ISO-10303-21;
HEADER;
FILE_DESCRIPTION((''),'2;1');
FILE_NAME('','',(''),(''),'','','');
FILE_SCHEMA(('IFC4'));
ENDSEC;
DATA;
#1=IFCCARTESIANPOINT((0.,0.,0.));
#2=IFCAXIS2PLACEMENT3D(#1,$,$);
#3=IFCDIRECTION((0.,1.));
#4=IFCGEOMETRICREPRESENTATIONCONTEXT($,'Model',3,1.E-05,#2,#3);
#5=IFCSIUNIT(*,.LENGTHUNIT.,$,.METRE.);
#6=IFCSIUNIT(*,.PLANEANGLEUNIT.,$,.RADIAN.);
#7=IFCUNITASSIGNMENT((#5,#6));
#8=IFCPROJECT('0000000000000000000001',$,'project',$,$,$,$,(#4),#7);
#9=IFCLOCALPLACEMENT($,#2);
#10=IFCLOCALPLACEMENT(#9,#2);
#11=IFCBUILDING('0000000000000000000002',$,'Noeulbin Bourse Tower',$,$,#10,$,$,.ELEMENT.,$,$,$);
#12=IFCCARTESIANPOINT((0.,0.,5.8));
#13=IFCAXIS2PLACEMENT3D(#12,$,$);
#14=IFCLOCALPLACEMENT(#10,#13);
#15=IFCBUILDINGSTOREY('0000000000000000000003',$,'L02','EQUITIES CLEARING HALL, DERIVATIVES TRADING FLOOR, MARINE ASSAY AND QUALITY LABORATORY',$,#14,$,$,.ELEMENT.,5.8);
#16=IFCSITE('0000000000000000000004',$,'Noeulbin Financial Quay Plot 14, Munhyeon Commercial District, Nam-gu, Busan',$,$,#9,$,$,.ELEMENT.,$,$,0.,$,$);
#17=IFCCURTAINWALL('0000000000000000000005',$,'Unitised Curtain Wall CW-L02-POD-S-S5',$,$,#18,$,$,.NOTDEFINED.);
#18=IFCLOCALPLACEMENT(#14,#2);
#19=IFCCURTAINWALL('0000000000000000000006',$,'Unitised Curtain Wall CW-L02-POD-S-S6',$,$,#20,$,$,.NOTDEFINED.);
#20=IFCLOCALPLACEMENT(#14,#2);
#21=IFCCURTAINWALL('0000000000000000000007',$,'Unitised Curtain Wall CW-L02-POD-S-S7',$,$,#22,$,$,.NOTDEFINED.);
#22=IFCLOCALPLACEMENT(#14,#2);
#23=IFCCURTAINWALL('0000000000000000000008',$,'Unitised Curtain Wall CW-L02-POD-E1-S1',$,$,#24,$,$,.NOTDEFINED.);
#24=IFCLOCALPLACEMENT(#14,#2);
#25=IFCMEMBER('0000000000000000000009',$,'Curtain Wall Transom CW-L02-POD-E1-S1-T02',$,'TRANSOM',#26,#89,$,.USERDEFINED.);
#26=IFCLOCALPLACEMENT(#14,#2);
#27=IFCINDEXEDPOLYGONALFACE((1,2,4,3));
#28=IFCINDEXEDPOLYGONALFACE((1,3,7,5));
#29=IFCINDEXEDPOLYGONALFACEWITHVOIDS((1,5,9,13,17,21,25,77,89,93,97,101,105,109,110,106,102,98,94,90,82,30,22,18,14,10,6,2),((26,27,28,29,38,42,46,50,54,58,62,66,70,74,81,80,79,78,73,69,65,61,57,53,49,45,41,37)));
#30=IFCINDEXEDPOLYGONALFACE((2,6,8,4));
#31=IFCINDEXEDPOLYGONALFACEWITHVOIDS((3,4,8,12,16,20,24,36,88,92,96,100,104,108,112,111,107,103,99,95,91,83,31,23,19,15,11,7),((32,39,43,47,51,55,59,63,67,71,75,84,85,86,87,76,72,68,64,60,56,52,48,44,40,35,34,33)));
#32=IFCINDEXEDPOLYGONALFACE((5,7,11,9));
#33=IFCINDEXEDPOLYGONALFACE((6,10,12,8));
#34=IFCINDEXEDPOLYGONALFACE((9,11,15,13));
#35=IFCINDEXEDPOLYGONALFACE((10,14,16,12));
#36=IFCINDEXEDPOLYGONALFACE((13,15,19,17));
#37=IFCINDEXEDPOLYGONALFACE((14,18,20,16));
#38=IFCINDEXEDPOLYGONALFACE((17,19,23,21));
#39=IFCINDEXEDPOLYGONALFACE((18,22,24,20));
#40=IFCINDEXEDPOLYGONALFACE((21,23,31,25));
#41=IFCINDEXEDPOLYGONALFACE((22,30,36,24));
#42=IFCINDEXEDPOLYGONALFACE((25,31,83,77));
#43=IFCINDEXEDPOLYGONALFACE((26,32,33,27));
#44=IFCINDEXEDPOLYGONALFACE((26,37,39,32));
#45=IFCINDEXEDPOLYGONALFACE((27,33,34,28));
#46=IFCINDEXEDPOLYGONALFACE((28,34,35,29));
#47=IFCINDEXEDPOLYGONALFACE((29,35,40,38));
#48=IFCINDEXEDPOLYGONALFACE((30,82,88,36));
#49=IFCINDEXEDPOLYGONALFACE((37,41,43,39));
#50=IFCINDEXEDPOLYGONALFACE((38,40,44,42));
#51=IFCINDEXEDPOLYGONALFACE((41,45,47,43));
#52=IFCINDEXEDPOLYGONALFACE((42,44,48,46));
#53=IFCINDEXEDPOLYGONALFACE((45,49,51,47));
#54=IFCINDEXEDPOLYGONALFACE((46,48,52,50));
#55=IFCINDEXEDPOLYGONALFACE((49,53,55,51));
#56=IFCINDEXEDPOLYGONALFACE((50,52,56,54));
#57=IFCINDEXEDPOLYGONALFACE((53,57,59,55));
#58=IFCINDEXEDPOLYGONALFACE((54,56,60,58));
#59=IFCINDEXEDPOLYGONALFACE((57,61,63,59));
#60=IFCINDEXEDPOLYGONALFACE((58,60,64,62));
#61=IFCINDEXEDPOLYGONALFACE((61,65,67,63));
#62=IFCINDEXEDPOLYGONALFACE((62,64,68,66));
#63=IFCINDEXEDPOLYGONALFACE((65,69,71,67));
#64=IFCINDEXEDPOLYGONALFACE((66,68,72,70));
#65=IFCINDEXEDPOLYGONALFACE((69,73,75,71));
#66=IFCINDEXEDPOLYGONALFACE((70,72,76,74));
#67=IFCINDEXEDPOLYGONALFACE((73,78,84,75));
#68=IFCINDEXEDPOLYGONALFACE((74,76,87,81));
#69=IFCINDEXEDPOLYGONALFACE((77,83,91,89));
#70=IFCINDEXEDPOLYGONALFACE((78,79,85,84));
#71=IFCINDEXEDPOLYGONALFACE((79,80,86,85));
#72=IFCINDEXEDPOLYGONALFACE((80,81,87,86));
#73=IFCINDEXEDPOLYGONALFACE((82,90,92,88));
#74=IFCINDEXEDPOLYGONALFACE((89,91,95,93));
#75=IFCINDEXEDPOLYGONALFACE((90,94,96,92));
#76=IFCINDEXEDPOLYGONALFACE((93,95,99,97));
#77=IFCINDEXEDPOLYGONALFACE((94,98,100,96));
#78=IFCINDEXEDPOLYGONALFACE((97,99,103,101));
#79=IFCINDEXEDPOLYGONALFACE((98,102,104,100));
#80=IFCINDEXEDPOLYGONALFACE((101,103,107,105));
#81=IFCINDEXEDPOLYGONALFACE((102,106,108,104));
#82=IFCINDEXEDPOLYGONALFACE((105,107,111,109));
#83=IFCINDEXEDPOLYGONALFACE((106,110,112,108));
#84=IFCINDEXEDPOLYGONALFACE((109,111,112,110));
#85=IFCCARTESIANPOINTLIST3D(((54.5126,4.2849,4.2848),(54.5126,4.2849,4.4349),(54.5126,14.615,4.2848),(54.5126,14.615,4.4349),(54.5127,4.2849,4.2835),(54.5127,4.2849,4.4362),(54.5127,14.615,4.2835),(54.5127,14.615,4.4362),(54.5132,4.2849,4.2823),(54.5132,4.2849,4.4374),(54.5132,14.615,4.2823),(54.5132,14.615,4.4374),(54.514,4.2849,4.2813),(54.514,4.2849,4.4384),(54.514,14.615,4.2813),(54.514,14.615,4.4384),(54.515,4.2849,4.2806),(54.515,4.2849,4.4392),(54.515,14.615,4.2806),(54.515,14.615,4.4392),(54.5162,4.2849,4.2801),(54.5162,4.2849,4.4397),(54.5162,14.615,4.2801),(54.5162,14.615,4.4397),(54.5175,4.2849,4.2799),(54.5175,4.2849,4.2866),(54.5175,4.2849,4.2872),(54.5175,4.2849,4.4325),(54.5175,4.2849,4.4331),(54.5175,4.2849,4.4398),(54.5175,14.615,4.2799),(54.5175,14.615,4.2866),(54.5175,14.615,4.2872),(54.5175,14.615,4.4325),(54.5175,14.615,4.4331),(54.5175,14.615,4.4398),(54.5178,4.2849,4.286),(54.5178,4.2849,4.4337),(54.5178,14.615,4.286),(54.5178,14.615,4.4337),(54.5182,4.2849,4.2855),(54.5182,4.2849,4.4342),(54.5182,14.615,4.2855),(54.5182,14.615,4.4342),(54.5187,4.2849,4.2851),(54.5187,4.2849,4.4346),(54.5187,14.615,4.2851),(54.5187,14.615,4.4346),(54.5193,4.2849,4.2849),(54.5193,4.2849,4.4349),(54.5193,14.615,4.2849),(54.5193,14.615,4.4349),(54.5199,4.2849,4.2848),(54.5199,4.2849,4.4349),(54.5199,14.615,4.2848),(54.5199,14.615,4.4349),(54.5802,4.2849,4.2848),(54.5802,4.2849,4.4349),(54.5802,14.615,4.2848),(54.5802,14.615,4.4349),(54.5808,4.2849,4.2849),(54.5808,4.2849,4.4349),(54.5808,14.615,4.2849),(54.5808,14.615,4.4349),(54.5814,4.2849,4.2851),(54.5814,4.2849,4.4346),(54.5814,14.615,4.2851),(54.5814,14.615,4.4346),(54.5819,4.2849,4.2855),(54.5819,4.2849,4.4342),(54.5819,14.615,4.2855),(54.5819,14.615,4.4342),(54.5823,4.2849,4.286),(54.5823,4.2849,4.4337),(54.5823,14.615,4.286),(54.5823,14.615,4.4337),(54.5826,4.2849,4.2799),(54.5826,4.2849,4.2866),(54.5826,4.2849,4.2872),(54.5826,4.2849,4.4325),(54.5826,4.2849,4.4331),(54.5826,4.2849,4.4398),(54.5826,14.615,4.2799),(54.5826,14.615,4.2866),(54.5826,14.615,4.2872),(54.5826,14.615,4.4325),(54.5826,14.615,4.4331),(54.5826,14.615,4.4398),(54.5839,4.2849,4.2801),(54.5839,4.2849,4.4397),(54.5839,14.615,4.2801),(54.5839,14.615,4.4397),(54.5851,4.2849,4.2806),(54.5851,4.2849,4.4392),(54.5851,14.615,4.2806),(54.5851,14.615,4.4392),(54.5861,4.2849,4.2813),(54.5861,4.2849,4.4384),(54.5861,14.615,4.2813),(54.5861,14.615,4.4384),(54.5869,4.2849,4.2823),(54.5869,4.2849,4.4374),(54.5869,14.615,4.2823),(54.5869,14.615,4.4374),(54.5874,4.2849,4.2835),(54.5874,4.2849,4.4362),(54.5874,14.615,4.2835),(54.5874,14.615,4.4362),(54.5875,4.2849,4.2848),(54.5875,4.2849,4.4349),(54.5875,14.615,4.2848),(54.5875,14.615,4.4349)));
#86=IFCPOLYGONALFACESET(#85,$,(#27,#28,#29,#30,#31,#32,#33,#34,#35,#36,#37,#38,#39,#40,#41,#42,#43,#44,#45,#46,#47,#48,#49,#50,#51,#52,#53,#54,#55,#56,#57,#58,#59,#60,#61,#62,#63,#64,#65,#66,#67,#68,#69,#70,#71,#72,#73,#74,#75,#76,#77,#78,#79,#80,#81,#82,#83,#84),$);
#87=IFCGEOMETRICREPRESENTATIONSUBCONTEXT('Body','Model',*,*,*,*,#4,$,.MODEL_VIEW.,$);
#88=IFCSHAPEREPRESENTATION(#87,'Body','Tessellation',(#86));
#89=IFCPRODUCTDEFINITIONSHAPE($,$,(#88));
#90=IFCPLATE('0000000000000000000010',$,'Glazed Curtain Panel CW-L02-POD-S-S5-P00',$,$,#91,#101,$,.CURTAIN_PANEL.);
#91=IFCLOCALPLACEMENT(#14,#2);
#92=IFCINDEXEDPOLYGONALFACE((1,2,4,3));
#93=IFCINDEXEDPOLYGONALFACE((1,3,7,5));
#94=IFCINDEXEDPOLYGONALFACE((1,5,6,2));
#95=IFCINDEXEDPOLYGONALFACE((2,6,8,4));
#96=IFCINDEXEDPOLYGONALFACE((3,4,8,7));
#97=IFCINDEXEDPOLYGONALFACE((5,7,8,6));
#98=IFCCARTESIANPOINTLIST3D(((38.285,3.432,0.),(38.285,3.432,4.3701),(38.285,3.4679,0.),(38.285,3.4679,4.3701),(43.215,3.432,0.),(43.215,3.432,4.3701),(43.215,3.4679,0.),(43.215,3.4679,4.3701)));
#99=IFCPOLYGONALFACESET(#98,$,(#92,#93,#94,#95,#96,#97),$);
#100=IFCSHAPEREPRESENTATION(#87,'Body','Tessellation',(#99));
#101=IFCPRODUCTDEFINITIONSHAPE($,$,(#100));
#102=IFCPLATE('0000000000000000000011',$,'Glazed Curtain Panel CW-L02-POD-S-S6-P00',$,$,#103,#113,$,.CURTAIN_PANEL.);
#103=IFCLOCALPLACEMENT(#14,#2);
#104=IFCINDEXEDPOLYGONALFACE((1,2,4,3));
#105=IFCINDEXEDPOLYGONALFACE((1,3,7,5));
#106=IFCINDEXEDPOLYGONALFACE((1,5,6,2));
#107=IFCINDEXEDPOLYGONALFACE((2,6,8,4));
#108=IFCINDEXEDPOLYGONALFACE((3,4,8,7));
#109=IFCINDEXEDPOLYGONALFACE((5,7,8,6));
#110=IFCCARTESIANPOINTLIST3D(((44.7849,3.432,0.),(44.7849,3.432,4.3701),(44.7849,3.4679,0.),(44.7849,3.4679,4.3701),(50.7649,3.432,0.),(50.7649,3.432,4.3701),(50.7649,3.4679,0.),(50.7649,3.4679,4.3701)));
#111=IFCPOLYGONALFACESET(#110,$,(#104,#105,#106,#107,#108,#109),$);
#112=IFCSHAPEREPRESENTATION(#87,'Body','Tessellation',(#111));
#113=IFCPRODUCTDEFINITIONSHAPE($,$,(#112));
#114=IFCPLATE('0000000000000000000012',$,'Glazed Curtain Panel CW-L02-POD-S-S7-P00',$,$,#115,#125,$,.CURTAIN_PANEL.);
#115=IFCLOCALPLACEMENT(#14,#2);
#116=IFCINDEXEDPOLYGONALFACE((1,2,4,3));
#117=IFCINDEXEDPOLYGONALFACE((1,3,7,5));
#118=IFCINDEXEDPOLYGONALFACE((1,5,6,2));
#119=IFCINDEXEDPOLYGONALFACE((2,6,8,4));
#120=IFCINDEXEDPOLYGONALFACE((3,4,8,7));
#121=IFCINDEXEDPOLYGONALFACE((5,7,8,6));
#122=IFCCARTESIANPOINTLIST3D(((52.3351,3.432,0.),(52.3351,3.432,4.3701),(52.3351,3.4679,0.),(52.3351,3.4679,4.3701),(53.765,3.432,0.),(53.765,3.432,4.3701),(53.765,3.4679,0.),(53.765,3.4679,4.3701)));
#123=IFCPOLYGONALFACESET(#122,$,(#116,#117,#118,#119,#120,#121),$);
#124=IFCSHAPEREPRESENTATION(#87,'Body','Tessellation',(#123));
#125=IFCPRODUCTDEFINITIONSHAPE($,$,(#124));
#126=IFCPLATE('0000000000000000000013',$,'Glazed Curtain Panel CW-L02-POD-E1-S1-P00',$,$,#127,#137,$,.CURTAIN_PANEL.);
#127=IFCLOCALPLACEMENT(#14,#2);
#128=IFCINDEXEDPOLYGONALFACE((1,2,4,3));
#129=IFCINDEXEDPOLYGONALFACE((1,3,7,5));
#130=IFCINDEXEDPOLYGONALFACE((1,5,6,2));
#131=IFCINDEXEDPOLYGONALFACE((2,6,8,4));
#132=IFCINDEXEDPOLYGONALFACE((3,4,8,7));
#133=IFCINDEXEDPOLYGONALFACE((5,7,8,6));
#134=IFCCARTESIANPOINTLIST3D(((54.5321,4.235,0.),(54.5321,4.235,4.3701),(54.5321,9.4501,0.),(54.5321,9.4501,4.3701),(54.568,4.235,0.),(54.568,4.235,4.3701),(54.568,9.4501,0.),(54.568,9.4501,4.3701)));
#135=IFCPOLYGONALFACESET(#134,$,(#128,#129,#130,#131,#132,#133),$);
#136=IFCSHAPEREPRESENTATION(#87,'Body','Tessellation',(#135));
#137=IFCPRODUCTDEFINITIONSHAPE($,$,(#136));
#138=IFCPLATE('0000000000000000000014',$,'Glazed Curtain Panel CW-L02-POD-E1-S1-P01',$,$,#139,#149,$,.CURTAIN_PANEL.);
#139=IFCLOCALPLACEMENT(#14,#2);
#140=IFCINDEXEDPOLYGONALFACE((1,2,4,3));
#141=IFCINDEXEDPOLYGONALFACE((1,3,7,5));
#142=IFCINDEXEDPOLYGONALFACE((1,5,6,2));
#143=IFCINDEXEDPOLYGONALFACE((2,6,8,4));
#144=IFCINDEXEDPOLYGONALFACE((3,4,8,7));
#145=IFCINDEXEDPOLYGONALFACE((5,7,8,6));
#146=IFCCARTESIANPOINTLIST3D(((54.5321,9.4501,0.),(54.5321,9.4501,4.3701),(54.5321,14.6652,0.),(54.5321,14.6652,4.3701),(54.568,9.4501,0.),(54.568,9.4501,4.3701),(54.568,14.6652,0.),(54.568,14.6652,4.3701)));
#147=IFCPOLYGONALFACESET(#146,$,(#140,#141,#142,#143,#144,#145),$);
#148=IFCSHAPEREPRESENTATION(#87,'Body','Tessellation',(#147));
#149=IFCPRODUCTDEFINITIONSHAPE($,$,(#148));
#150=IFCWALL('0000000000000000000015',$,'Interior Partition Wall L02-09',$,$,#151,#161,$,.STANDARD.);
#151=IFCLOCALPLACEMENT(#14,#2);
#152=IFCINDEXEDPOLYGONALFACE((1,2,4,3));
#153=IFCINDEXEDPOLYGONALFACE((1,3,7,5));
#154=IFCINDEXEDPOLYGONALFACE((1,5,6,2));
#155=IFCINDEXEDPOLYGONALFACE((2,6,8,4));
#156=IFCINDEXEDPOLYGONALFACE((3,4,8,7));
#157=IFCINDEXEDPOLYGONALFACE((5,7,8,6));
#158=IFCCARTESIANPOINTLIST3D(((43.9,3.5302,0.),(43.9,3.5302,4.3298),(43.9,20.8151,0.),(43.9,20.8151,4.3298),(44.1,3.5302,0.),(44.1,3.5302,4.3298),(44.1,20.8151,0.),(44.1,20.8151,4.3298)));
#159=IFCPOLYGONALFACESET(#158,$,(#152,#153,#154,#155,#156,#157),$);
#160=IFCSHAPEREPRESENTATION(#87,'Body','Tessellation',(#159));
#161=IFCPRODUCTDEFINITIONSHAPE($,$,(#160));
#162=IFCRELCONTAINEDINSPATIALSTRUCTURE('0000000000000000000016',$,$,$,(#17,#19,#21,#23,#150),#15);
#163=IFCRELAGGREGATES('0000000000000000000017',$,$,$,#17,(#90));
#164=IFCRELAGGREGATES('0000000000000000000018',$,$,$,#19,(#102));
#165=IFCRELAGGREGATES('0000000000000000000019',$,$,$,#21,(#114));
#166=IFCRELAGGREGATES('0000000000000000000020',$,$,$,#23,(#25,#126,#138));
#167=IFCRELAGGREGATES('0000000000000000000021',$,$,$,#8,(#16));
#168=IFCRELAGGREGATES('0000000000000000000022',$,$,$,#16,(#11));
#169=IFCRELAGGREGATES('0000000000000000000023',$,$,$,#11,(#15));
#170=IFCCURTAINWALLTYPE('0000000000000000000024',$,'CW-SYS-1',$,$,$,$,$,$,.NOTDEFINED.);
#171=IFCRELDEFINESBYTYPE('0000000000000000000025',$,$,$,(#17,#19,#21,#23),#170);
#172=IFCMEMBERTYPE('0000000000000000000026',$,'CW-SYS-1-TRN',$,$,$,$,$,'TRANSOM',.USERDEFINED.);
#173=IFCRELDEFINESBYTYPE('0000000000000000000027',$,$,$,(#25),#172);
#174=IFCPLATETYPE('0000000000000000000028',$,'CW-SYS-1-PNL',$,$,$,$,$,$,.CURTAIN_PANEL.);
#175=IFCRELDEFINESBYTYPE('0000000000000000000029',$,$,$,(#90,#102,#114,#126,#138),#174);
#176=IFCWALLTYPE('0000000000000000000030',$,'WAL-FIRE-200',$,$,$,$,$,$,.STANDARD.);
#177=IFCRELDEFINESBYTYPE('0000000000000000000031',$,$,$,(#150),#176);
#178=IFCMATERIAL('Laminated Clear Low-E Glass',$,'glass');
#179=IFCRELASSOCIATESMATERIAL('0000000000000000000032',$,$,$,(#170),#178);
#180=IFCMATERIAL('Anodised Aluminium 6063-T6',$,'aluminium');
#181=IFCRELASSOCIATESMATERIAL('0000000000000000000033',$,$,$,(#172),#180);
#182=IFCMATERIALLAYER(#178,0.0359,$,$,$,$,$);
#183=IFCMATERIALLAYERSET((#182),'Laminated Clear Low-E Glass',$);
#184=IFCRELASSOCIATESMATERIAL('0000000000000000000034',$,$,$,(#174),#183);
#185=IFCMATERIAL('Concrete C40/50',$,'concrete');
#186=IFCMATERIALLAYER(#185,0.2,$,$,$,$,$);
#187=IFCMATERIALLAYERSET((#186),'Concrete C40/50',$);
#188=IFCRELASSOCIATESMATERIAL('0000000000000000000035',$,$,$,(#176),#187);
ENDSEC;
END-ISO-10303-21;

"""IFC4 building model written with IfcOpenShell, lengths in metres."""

from ifc_helpers import new_model, si_unit, direction, frame, frame_2d, origin, origin_2d, place, context, subcontext, project, spatial, rectangle, hollow_rectangle, extrude, material, layer, layer_set, material_profile, profile_set, type_object, element, aggregate, save


model = new_model("IFC4")

# Units and contexts
model_context = context("Model", 3, precision=1e-05, world=origin(), true_north=direction((0.0, 1.0)))
body_context = subcontext(model_context, "Body", "Model", "MODEL_VIEW")
ifc_project = project(units=[si_unit("LENGTHUNIT", "METRE"), si_unit("PLANEANGLEUNIT", "RADIAN")], contexts=[model_context])

# Site, building, storey
site_placement = place(None, origin())
site = spatial("IfcSite", under=ifc_project, at=site_placement, Name="Noeulbin Financial Quay Plot 14, Munhyeon Commercial District, Nam-gu, Busan", CompositionType="ELEMENT", RefElevation=0.0)
building_placement = place(site_placement, origin())
building = spatial("IfcBuilding", under=site, at=building_placement, Name="Noeulbin Bourse Tower", CompositionType="ELEMENT")
storey_placement = place(building_placement, frame((0.0, 0.0, 5.8)))
storey = spatial("IfcBuildingStorey", under=building, at=storey_placement, Name="L02", Description="EQUITIES CLEARING HALL, DERIVATIVES TRADING FLOOR, MARINE ASSAY AND QUALITY LABORATORY", CompositionType="ELEMENT", Elevation=5.8)

# Curtain wall
ifc_material_1 = material(Name="Laminated Clear Low-E Glass", Category="glass")
curtain_wall_type = type_object("IfcCurtainWallType", Name="CW-SYS-1", PredefinedType="NOTDEFINED", material=ifc_material_1)
curtain_wall_1_placement = place(storey_placement, origin())
curtain_wall_1 = element("IfcCurtainWall", 1, at=curtain_wall_1_placement, inside=storey, type_object=curtain_wall_type, Name="Unitised Curtain Wall CW-L02-POD-S-S5", PredefinedType="NOTDEFINED")
ifc_material_2 = material(Name="Anodised Aluminium 6063-T6", Category="aluminium")

# Curtain walls
curtain_wall_2_placement = place(storey_placement, origin())
curtain_wall_2 = element("IfcCurtainWall", 2, at=curtain_wall_2_placement, inside=storey, type_object=curtain_wall_type, Name="Unitised Curtain Wall CW-L02-POD-S-S6", PredefinedType="NOTDEFINED")
curtain_wall_3_placement = place(storey_placement, origin())
curtain_wall_3 = element("IfcCurtainWall", 3, at=curtain_wall_3_placement, inside=storey, type_object=curtain_wall_type, Name="Unitised Curtain Wall CW-L02-POD-S-S7", PredefinedType="NOTDEFINED")
curtain_wall_4_placement = place(storey_placement, origin())
curtain_wall_4 = element("IfcCurtainWall", 4, at=curtain_wall_4_placement, inside=storey, type_object=curtain_wall_type, Name="Unitised Curtain Wall CW-L02-POD-E1-S1", PredefinedType="NOTDEFINED")

# Member
ifc_material_profile_1 = material_profile(ifc_material_2, hollow_rectangle(XDim=0.075, YDim=0.1599, WallThickness=0.0049, InnerFilletRadius=0.0024, OuterFilletRadius=0.0049, at=origin_2d()), Name="ALU-TRAN-75x160x5", Category="LoadBearing")
ifc_profile_set_1 = profile_set([ifc_material_profile_1], Name="Anodised Aluminium 6063-T6")
member_type_1 = type_object("IfcMemberType", Name="CW-SYS-1-TRN", ElementType="TRANSOM", PredefinedType="USERDEFINED", material=ifc_profile_set_1)
member_1_placement = place(storey_placement, frame((54.55, 4.2849, 4.3599), z_axis=(0.0, 1.0, 0.0), x_axis=(-1.0, 0.0, 0.0)))
member_1 = element("IfcMember", 5, at=member_1_placement, type_object=member_type_1, Name="Curtain Wall Transom CW-L02-POD-E1-S1-T02", ObjectType="TRANSOM", PredefinedType="USERDEFINED", context=body_context, shape_type="SweptSolid", body=[
    extrude(hollow_rectangle(XDim=0.075, YDim=0.1599, WallThickness=0.0049, InnerFilletRadius=0.0024, OuterFilletRadius=0.0049, at=origin_2d()), origin(), (0.0, 0.0, 1.0), 10.3301),
])

# Plates
ifc_layer_1 = layer(ifc_material_1, 0.0359)
ifc_layer_set_1 = layer_set([ifc_layer_1], Name="Laminated Clear Low-E Glass")
plate_type = type_object("IfcPlateType", Name="CW-SYS-1-PNL", PredefinedType="CURTAIN_PANEL", material=ifc_layer_set_1)
plate_1_placement = place(storey_placement, frame((40.75, 3.45, 0.0), z_axis=(0.0, 0.0, 1.0), x_axis=(1.0, 0.0, 0.0)))
plate_1 = element("IfcPlate", 6, at=plate_1_placement, type_object=plate_type, Name="Glazed Curtain Panel CW-L02-POD-S-S5-P00", PredefinedType="CURTAIN_PANEL", context=body_context, shape_type="SweptSolid", body=[
    extrude(rectangle(XDim=4.9299, YDim=0.0359, at=origin_2d()), origin(), (0.0, 0.0, 1.0), 4.3701),
])
aggregate(curtain_wall_1, [plate_1])
plate_2_placement = place(storey_placement, frame((47.7749, 3.45, 0.0), z_axis=(0.0, 0.0, 1.0), x_axis=(1.0, 0.0, 0.0)))
plate_2 = element("IfcPlate", 7, at=plate_2_placement, type_object=plate_type, Name="Glazed Curtain Panel CW-L02-POD-S-S6-P00", PredefinedType="CURTAIN_PANEL", context=body_context, shape_type="SweptSolid", body=[
    extrude(rectangle(XDim=5.98, YDim=0.0359, at=origin_2d()), origin(), (0.0, 0.0, 1.0), 4.3701),
])
aggregate(curtain_wall_2, [plate_2])
plate_3_placement = place(storey_placement, frame((53.05, 3.45, 0.0), z_axis=(0.0, 0.0, 1.0), x_axis=(1.0, 0.0, 0.0)))
plate_3 = element("IfcPlate", 8, at=plate_3_placement, type_object=plate_type, Name="Glazed Curtain Panel CW-L02-POD-S-S7-P00", PredefinedType="CURTAIN_PANEL", context=body_context, shape_type="SweptSolid", body=[
    extrude(rectangle(XDim=1.4299, YDim=0.0359, at=origin_2d()), origin(), (0.0, 0.0, 1.0), 4.3701),
])
aggregate(curtain_wall_3, [plate_3])
plate_4_placement = place(storey_placement, frame((54.55, 6.8425, 0.0), z_axis=(0.0, 0.0, 1.0), x_axis=(0.0, 1.0, 0.0)))
plate_4 = element("IfcPlate", 9, at=plate_4_placement, type_object=plate_type, Name="Glazed Curtain Panel CW-L02-POD-E1-S1-P00", PredefinedType="CURTAIN_PANEL", context=body_context, shape_type="SweptSolid", body=[
    extrude(rectangle(XDim=5.2151, YDim=0.0359, at=origin_2d()), origin(), (0.0, 0.0, 1.0), 4.3701),
])
plate_5_placement = place(storey_placement, frame((54.55, 12.0576, 0.0), z_axis=(0.0, 0.0, 1.0), x_axis=(0.0, 1.0, 0.0)))
plate_5 = element("IfcPlate", 10, at=plate_5_placement, type_object=plate_type, Name="Glazed Curtain Panel CW-L02-POD-E1-S1-P01", PredefinedType="CURTAIN_PANEL", context=body_context, shape_type="SweptSolid", body=[
    extrude(rectangle(XDim=5.2151, YDim=0.0359, at=origin_2d()), origin(), (0.0, 0.0, 1.0), 4.3701),
])
aggregate(curtain_wall_4, [member_1, plate_4, plate_5])

# Wall
ifc_material_3 = material(Name="Concrete C40/50", Category="concrete")
ifc_layer_2 = layer(ifc_material_3, 0.2)
ifc_layer_set_2 = layer_set([ifc_layer_2], Name="Concrete C40/50")
wall_type = type_object("IfcWallType", Name="WAL-FIRE-200", PredefinedType="STANDARD", material=ifc_layer_set_2)
wall_placement = place(storey_placement, frame((44.0, 3.53, 0.0), z_axis=(0.0, 0.0, 1.0), x_axis=(0.0, 1.0, 0.0)))
element("IfcWall", 11, at=wall_placement, inside=storey, type_object=wall_type, Name="Interior Partition Wall L02-09", PredefinedType="STANDARD", context=body_context, shape_type="SweptSolid", body=[
    extrude(rectangle(XDim=17.2849, YDim=0.2, at=frame_2d((8.6426, 0.0))), origin(), (0.0, 0.0, 1.0), 4.3298),
])

save(model, "model.ifc")
